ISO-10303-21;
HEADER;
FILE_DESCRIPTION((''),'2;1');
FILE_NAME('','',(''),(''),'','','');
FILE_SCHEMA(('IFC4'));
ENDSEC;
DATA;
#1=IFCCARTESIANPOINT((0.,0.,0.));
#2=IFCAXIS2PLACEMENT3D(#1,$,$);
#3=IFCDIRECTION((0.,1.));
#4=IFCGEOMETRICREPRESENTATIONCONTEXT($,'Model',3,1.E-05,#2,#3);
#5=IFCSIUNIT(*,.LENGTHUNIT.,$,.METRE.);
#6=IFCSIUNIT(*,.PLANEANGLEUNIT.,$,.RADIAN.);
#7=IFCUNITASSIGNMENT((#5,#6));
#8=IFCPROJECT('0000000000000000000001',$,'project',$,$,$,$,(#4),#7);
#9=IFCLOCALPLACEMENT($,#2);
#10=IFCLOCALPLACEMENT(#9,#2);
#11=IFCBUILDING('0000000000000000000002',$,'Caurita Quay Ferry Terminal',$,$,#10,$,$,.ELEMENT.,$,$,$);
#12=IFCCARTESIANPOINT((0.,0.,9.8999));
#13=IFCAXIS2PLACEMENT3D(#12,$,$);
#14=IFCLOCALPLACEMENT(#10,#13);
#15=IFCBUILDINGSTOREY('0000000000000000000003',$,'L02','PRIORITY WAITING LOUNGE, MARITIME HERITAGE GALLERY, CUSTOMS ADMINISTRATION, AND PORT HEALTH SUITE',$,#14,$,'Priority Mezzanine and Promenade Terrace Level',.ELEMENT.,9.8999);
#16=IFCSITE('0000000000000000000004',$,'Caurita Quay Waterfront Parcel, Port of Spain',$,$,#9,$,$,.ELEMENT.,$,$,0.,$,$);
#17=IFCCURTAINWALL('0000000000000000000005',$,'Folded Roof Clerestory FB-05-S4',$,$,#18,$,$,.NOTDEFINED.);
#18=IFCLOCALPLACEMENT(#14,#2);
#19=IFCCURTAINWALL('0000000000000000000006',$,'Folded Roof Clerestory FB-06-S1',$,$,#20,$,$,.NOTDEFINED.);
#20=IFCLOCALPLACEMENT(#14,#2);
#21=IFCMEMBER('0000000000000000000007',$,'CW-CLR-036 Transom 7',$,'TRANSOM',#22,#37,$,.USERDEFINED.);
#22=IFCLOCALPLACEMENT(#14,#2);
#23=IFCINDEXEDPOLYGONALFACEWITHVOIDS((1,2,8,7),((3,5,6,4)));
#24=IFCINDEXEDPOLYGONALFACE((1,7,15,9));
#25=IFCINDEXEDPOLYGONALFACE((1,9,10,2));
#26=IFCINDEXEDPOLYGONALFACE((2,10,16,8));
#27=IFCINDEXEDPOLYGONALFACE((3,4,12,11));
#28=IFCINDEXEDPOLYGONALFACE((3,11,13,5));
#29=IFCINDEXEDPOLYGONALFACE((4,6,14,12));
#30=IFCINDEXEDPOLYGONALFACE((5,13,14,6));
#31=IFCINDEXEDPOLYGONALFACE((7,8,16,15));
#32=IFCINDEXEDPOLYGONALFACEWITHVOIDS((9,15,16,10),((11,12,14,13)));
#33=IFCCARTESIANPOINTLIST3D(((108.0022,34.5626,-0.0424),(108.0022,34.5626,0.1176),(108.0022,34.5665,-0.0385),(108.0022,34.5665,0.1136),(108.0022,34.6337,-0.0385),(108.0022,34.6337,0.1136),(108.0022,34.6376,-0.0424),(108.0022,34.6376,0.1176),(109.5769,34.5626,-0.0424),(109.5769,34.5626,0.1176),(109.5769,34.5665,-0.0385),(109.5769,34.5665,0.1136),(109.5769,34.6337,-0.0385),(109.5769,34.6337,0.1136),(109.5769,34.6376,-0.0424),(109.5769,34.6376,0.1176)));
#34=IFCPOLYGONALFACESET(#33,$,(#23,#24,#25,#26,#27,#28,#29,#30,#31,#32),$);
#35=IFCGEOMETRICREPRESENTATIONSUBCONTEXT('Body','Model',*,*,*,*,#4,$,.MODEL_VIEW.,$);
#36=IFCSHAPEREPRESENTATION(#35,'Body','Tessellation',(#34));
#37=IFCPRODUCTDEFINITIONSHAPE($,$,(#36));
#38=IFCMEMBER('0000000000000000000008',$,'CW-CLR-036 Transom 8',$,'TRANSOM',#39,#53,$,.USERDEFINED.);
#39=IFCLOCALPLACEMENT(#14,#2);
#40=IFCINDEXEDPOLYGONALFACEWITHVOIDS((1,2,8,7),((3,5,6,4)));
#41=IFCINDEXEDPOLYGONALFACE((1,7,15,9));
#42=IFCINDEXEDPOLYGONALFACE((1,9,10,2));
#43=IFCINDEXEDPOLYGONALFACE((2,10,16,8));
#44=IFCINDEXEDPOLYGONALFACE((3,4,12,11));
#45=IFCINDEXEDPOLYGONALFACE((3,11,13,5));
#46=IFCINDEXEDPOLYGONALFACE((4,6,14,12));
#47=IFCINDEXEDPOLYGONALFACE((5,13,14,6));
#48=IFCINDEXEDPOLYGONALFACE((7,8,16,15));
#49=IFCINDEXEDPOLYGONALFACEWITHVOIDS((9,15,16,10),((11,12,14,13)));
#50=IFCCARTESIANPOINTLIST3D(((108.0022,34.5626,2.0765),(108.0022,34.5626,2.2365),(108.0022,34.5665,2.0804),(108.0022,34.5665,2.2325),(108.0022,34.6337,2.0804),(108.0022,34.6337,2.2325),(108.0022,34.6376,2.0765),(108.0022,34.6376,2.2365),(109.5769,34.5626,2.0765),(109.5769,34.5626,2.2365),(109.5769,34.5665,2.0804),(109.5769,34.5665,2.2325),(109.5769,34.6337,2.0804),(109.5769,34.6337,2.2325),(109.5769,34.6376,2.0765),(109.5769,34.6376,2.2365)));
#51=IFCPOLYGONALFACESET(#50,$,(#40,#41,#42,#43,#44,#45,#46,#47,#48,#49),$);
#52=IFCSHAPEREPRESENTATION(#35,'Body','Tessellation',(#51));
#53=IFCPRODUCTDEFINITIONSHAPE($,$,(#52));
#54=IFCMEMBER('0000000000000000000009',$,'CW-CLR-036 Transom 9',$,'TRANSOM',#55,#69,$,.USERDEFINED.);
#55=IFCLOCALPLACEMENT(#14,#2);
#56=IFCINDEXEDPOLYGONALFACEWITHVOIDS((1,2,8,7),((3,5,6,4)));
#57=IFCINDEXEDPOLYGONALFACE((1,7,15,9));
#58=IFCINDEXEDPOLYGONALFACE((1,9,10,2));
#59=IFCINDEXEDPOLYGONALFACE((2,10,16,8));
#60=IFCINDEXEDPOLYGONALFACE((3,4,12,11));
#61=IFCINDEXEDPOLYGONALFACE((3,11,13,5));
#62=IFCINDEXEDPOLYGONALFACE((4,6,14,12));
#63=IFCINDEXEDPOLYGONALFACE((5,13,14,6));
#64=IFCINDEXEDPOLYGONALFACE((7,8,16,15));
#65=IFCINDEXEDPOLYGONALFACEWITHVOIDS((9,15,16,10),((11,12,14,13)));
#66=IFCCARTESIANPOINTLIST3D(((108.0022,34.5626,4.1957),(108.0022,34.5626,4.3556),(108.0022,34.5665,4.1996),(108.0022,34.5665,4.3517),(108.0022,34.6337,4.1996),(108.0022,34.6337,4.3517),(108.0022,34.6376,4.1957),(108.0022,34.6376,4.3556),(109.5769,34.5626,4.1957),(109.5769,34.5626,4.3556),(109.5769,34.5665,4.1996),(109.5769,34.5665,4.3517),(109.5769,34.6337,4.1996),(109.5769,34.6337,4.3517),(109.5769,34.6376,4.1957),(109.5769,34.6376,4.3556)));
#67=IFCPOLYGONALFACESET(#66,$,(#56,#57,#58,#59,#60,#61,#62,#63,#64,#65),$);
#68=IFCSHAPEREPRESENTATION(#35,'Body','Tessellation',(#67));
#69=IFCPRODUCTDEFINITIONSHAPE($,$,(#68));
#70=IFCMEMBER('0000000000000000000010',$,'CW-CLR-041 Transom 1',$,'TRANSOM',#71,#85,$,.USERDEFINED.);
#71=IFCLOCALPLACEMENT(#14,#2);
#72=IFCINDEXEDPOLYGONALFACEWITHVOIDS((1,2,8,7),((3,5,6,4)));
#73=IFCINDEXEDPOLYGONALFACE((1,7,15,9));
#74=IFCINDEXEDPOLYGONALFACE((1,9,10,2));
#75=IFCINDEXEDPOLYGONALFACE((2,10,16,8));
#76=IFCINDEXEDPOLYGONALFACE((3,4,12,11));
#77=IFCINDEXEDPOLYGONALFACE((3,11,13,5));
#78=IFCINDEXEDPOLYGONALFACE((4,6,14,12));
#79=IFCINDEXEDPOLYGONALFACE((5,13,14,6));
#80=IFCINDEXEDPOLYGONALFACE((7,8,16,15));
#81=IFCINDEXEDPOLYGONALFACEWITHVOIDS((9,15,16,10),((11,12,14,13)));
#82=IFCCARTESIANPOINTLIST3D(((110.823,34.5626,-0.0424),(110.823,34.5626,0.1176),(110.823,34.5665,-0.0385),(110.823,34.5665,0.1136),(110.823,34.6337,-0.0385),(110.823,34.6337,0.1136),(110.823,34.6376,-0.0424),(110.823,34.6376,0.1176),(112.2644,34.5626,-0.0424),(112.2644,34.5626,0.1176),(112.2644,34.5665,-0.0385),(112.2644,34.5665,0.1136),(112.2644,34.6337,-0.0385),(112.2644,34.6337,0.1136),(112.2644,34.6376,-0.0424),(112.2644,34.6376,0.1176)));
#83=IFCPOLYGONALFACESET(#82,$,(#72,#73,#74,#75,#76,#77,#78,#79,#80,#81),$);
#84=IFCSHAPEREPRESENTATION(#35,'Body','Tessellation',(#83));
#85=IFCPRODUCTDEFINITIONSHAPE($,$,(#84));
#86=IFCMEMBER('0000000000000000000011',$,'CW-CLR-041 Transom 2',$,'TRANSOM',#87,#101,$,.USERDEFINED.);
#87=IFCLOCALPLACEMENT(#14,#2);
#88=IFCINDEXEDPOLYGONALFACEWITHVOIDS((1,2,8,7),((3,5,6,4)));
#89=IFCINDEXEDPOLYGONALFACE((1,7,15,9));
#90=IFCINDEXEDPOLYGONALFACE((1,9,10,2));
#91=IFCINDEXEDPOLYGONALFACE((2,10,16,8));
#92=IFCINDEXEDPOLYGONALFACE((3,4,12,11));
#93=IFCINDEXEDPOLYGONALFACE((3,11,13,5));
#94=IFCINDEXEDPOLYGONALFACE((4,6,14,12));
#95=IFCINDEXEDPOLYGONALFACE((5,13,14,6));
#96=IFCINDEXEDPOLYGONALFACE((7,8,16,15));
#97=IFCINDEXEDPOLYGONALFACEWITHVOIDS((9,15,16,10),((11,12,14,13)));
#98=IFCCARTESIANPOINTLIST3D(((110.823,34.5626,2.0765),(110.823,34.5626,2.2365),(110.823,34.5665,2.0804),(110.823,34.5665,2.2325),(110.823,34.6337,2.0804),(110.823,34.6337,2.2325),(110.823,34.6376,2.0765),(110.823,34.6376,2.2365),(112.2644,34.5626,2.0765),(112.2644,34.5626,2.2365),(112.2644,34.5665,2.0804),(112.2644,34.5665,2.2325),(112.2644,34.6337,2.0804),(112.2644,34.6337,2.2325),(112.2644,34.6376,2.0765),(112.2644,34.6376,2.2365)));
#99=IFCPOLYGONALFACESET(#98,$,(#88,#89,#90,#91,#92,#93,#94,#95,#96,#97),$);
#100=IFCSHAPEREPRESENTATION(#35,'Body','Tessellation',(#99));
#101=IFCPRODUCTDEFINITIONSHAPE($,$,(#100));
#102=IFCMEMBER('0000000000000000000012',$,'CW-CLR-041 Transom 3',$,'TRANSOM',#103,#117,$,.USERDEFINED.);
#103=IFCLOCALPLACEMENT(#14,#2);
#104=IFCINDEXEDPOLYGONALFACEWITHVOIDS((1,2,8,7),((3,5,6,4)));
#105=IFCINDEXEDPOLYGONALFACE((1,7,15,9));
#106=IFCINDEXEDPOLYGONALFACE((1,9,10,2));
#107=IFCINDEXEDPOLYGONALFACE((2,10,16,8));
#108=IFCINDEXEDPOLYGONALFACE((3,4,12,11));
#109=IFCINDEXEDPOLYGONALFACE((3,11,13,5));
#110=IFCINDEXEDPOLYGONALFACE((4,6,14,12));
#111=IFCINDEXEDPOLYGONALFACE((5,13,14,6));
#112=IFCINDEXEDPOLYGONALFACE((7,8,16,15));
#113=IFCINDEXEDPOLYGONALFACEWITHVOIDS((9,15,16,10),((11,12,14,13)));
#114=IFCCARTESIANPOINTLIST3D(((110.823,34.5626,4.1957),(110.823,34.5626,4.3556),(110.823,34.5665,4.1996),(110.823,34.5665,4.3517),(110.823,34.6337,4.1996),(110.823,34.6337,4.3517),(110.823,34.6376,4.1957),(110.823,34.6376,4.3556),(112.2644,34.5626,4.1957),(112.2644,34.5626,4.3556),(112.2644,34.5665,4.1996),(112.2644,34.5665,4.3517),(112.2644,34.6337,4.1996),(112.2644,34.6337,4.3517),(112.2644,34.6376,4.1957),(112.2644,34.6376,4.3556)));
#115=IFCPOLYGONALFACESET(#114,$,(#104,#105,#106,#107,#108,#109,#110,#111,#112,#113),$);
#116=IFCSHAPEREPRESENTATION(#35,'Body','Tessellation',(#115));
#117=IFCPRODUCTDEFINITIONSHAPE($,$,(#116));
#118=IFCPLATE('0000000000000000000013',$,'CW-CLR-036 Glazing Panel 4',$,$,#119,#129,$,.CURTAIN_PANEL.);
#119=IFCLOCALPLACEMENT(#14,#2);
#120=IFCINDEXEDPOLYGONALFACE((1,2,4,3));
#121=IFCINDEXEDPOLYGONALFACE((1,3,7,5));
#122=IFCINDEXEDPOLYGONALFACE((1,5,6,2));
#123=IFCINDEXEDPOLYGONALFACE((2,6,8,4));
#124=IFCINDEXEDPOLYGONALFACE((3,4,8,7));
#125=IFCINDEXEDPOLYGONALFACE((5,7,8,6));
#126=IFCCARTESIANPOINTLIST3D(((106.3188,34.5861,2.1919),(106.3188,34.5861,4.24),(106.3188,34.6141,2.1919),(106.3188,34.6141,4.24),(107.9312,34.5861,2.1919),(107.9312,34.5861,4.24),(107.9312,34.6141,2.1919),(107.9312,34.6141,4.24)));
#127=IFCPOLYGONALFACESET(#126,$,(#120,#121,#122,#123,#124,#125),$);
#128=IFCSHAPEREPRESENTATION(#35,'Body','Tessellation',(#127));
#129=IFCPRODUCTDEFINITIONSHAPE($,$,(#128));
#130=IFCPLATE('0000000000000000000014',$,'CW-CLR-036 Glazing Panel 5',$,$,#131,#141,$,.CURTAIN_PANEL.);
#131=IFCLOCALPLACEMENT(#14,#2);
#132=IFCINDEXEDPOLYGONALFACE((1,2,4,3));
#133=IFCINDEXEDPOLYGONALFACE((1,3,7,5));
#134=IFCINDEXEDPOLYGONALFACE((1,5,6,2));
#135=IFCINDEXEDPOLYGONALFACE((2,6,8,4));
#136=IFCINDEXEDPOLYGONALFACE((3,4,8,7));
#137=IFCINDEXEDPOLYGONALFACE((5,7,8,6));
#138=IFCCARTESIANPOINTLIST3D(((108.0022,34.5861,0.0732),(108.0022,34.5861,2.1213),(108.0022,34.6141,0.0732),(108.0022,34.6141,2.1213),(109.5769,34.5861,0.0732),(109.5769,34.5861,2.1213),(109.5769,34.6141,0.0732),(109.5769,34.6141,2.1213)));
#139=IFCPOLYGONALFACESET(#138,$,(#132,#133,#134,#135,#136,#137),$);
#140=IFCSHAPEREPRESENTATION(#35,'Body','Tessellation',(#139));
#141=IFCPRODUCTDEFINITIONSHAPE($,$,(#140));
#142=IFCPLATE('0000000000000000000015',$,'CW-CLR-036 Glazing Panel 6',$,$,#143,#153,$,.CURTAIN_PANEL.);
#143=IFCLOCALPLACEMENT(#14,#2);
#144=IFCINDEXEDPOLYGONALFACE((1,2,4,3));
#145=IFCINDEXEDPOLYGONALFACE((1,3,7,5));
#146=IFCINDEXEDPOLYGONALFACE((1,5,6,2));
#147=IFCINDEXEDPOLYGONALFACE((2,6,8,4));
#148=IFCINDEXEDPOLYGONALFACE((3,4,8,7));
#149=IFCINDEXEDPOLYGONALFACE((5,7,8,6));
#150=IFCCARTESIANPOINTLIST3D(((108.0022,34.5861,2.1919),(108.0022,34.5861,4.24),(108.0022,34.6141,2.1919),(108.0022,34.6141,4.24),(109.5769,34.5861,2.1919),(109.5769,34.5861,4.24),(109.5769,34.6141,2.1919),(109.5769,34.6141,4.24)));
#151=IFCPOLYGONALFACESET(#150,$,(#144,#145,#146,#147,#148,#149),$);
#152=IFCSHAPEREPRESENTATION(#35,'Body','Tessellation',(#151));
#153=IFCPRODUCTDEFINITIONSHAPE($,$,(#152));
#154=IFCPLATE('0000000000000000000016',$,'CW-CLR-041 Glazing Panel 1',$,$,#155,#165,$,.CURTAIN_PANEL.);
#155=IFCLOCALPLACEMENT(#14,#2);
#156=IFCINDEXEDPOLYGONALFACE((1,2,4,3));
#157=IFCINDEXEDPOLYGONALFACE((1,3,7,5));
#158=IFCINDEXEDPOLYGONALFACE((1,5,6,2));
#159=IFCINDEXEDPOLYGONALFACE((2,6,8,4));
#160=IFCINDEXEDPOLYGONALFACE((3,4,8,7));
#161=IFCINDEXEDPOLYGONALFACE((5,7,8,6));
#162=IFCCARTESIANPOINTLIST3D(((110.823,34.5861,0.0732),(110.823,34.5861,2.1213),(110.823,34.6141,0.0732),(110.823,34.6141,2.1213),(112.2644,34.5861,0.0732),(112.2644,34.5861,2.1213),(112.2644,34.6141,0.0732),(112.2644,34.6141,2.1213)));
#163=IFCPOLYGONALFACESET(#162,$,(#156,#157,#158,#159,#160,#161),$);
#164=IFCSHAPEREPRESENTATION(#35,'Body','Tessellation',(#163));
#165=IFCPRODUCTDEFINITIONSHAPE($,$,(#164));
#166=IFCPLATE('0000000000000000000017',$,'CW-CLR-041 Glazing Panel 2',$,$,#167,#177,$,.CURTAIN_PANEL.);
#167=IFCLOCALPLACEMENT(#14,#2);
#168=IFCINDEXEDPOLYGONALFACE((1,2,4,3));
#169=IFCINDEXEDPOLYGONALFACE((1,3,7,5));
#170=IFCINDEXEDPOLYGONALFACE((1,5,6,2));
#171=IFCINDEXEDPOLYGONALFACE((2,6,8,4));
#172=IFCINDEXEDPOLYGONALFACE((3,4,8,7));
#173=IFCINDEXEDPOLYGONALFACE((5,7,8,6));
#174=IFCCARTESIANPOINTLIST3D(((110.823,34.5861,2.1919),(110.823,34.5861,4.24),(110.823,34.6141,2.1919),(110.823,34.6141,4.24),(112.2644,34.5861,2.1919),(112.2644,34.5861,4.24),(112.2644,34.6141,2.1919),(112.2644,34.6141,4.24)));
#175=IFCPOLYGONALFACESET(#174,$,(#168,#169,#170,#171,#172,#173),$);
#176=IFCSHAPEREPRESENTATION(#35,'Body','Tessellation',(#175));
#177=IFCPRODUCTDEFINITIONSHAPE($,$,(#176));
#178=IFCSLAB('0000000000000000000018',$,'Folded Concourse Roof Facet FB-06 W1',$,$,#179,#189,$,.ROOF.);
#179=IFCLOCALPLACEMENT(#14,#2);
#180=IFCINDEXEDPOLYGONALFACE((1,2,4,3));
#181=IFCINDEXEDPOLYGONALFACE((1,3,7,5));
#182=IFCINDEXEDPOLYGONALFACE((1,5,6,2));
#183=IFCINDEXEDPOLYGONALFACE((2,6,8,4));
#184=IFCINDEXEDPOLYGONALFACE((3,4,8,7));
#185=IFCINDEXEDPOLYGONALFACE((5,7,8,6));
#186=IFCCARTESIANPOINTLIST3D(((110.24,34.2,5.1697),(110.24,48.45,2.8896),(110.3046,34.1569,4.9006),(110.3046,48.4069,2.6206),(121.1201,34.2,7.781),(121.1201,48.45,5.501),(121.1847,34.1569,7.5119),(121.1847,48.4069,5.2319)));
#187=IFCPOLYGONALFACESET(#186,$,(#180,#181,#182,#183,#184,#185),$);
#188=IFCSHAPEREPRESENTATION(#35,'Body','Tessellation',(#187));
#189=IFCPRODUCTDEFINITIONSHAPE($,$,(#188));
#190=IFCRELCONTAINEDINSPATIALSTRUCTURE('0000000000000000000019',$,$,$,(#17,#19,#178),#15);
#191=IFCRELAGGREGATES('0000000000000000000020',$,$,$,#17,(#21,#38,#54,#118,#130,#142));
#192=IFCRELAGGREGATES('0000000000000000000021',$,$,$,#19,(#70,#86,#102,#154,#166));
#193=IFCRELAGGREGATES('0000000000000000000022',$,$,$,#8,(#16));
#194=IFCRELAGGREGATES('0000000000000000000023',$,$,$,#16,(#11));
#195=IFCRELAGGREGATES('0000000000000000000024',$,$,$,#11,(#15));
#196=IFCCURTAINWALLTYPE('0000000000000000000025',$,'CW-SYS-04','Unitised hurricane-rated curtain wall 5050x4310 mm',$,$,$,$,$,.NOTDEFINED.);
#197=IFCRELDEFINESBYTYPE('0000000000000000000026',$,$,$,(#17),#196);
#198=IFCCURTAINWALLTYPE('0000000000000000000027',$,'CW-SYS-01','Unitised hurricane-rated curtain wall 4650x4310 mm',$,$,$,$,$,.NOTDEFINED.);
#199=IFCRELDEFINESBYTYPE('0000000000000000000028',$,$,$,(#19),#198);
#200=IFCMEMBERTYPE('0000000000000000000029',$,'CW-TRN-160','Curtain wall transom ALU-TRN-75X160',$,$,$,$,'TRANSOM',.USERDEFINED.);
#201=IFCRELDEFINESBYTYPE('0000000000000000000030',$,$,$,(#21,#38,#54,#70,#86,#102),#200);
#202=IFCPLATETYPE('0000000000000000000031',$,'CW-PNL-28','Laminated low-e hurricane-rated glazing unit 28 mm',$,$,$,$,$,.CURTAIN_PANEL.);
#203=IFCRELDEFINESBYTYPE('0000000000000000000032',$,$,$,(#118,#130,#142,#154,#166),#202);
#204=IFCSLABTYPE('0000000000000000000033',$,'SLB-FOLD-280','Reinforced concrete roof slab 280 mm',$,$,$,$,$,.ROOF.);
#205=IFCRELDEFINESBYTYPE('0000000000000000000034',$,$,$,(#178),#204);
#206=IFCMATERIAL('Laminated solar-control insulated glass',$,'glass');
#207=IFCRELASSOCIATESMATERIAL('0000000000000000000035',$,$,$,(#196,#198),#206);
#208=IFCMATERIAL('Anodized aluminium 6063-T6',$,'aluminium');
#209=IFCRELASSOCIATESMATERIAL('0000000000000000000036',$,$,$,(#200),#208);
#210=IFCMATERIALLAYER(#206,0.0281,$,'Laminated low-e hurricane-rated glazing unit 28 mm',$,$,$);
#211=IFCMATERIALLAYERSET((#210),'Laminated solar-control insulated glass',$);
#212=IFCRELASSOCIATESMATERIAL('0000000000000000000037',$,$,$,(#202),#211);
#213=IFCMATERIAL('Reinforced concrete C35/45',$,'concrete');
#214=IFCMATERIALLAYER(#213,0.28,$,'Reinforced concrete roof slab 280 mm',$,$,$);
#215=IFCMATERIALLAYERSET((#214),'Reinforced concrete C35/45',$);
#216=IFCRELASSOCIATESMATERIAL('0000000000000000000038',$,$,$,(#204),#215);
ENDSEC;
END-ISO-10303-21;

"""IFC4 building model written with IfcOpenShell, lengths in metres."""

from ifc_helpers import new_model, si_unit, direction, frame, origin, origin_2d, place, context, subcontext, project, spatial, polyline, rectangle, hollow_rectangle, outline, extrude, material, layer, layer_set, material_profile, profile_set, type_object, element, aggregate, save


model = new_model("IFC4")

# Units and contexts
model_context = context("Model", 3, precision=1e-05, world=origin(), true_north=direction((0.0, 1.0)))
body_context = subcontext(model_context, "Body", "Model", "MODEL_VIEW")
ifc_project = project(units=[si_unit("LENGTHUNIT", "METRE"), si_unit("PLANEANGLEUNIT", "RADIAN")], contexts=[model_context])

# Site, building, storey
site_placement = place(None, origin())
site = spatial("IfcSite", under=ifc_project, at=site_placement, Name="Caurita Quay Waterfront Parcel, Port of Spain", CompositionType="ELEMENT", RefElevation=0.0)
building_placement = place(site_placement, origin())
building = spatial("IfcBuilding", under=site, at=building_placement, Name="Caurita Quay Ferry Terminal", CompositionType="ELEMENT")
storey_placement = place(building_placement, frame((0.0, 0.0, 9.8999)))
storey = spatial("IfcBuildingStorey", under=building, at=storey_placement, Name="L02", Description="PRIORITY WAITING LOUNGE, MARITIME HERITAGE GALLERY, CUSTOMS ADMINISTRATION, AND PORT HEALTH SUITE", LongName="Priority Mezzanine and Promenade Terrace Level", CompositionType="ELEMENT", Elevation=9.8999)

# Curtain walls
ifc_material_1 = material(Name="Laminated solar-control insulated glass", Category="glass")
curtain_wall_type_1 = type_object("IfcCurtainWallType", Name="CW-SYS-04", Description="Unitised hurricane-rated curtain wall 5050x4310 mm", PredefinedType="NOTDEFINED", material=ifc_material_1)
curtain_wall_1_placement = place(storey_placement, origin())
curtain_wall_1 = element("IfcCurtainWall", 1, at=curtain_wall_1_placement, inside=storey, type_object=curtain_wall_type_1, Name="Folded Roof Clerestory FB-05-S4", PredefinedType="NOTDEFINED")
ifc_material_2 = material(Name="Anodized aluminium 6063-T6", Category="aluminium")
curtain_wall_type_2 = type_object("IfcCurtainWallType", Name="CW-SYS-01", Description="Unitised hurricane-rated curtain wall 4650x4310 mm", PredefinedType="NOTDEFINED", material=ifc_material_1)
curtain_wall_2_placement = place(storey_placement, origin())
curtain_wall_2 = element("IfcCurtainWall", 2, at=curtain_wall_2_placement, inside=storey, type_object=curtain_wall_type_2, Name="Folded Roof Clerestory FB-06-S1", PredefinedType="NOTDEFINED")

# Members
ifc_material_profile_1 = material_profile(ifc_material_2, hollow_rectangle(XDim=0.075, YDim=0.1599, WallThickness=0.0039, at=origin_2d()), Name="ALU-TRN-75X160")
ifc_profile_set_1 = profile_set([ifc_material_profile_1], Name="Anodized aluminium 6063-T6")
member_type_1 = type_object("IfcMemberType", Name="CW-TRN-160", Description="Curtain wall transom ALU-TRN-75X160", ElementType="TRANSOM", PredefinedType="USERDEFINED", material=ifc_profile_set_1)
member_1_placement = place(storey_placement, frame((108.0022, 34.6001, 0.0376), z_axis=(1.0, 0.0, 0.0), x_axis=(0.0, 1.0, 0.0)))
member_1 = element("IfcMember", 3, at=member_1_placement, type_object=member_type_1, Name="CW-CLR-036 Transom 7", ObjectType="TRANSOM", PredefinedType="USERDEFINED", context=body_context, shape_type="SweptSolid", body=[
    extrude(hollow_rectangle(XDim=0.075, YDim=0.1599, WallThickness=0.0039, at=origin_2d()), origin(), (0.0, 0.0, 1.0), 1.5747),
])
member_2_placement = place(storey_placement, frame((108.0022, 34.6001, 2.1565), z_axis=(1.0, 0.0, 0.0), x_axis=(0.0, 1.0, 0.0)))
member_2 = element("IfcMember", 4, at=member_2_placement, type_object=member_type_1, Name="CW-CLR-036 Transom 8", ObjectType="TRANSOM", PredefinedType="USERDEFINED", context=body_context, shape_type="SweptSolid", body=[
    extrude(hollow_rectangle(XDim=0.075, YDim=0.1599, WallThickness=0.0039, at=origin_2d()), origin(), (0.0, 0.0, 1.0), 1.5747),
])
member_3_placement = place(storey_placement, frame((108.0022, 34.6001, 4.2756), z_axis=(1.0, 0.0, 0.0), x_axis=(0.0, 1.0, 0.0)))
member_3 = element("IfcMember", 5, at=member_3_placement, type_object=member_type_1, Name="CW-CLR-036 Transom 9", ObjectType="TRANSOM", PredefinedType="USERDEFINED", context=body_context, shape_type="SweptSolid", body=[
    extrude(hollow_rectangle(XDim=0.075, YDim=0.1599, WallThickness=0.0039, at=origin_2d()), origin(), (0.0, 0.0, 1.0), 1.5747),
])
member_4_placement = place(storey_placement, frame((110.823, 34.6001, 0.0376), z_axis=(1.0, 0.0, 0.0), x_axis=(0.0, 1.0, 0.0)))
member_4 = element("IfcMember", 6, at=member_4_placement, type_object=member_type_1, Name="CW-CLR-041 Transom 1", ObjectType="TRANSOM", PredefinedType="USERDEFINED", context=body_context, shape_type="SweptSolid", body=[
    extrude(hollow_rectangle(XDim=0.075, YDim=0.1599, WallThickness=0.0039, at=origin_2d()), origin(), (0.0, 0.0, 1.0), 1.4414),
])
member_5_placement = place(storey_placement, frame((110.823, 34.6001, 2.1565), z_axis=(1.0, 0.0, 0.0), x_axis=(0.0, 1.0, 0.0)))
member_5 = element("IfcMember", 7, at=member_5_placement, type_object=member_type_1, Name="CW-CLR-041 Transom 2", ObjectType="TRANSOM", PredefinedType="USERDEFINED", context=body_context, shape_type="SweptSolid", body=[
    extrude(hollow_rectangle(XDim=0.075, YDim=0.1599, WallThickness=0.0039, at=origin_2d()), origin(), (0.0, 0.0, 1.0), 1.4414),
])
member_6_placement = place(storey_placement, frame((110.823, 34.6001, 4.2756), z_axis=(1.0, 0.0, 0.0), x_axis=(0.0, 1.0, 0.0)))
member_6 = element("IfcMember", 8, at=member_6_placement, type_object=member_type_1, Name="CW-CLR-041 Transom 3", ObjectType="TRANSOM", PredefinedType="USERDEFINED", context=body_context, shape_type="SweptSolid", body=[
    extrude(hollow_rectangle(XDim=0.075, YDim=0.1599, WallThickness=0.0039, at=origin_2d()), origin(), (0.0, 0.0, 1.0), 1.4414),
])

# Plates
ifc_layer_1 = layer(ifc_material_1, 0.0281, Name="Laminated low-e hurricane-rated glazing unit 28 mm")
ifc_layer_set_1 = layer_set([ifc_layer_1], Name="Laminated solar-control insulated glass")
plate_type = type_object("IfcPlateType", Name="CW-PNL-28", Description="Laminated low-e hurricane-rated glazing unit 28 mm", PredefinedType="CURTAIN_PANEL", material=ifc_layer_set_1)
plate_1_placement = place(storey_placement, frame((107.125, 34.6001, 2.1919), z_axis=(0.0, 0.0, 1.0), x_axis=(1.0, 0.0, 0.0)))
plate_1 = element("IfcPlate", 9, at=plate_1_placement, type_object=plate_type, Name="CW-CLR-036 Glazing Panel 4", PredefinedType="CURTAIN_PANEL", context=body_context, shape_type="SweptSolid", body=[
    extrude(rectangle(XDim=1.6123, YDim=0.0281, at=origin_2d()), origin(), (0.0, 0.0, 1.0), 2.0481),
])
plate_2_placement = place(storey_placement, frame((108.7896, 34.6001, 0.0732), z_axis=(0.0, 0.0, 1.0), x_axis=(1.0, 0.0, 0.0)))
plate_2 = element("IfcPlate", 10, at=plate_2_placement, type_object=plate_type, Name="CW-CLR-036 Glazing Panel 5", PredefinedType="CURTAIN_PANEL", context=body_context, shape_type="SweptSolid", body=[
    extrude(rectangle(XDim=1.5747, YDim=0.0281, at=origin_2d()), origin(), (0.0, 0.0, 1.0), 2.0481),
])
plate_3_placement = place(storey_placement, frame((108.7896, 34.6001, 2.1919), z_axis=(0.0, 0.0, 1.0), x_axis=(1.0, 0.0, 0.0)))
plate_3 = element("IfcPlate", 11, at=plate_3_placement, type_object=plate_type, Name="CW-CLR-036 Glazing Panel 6", PredefinedType="CURTAIN_PANEL", context=body_context, shape_type="SweptSolid", body=[
    extrude(rectangle(XDim=1.5747, YDim=0.0281, at=origin_2d()), origin(), (0.0, 0.0, 1.0), 2.0481),
])
aggregate(curtain_wall_1, [member_1, member_2, member_3, plate_1, plate_2, plate_3])
plate_4_placement = place(storey_placement, frame((111.5437, 34.6001, 0.0732), z_axis=(0.0, 0.0, 1.0), x_axis=(1.0, 0.0, 0.0)))
plate_4 = element("IfcPlate", 12, at=plate_4_placement, type_object=plate_type, Name="CW-CLR-041 Glazing Panel 1", PredefinedType="CURTAIN_PANEL", context=body_context, shape_type="SweptSolid", body=[
    extrude(rectangle(XDim=1.4414, YDim=0.0281, at=origin_2d()), origin(), (0.0, 0.0, 1.0), 2.0481),
])
plate_5_placement = place(storey_placement, frame((111.5437, 34.6001, 2.1919), z_axis=(0.0, 0.0, 1.0), x_axis=(1.0, 0.0, 0.0)))
plate_5 = element("IfcPlate", 13, at=plate_5_placement, type_object=plate_type, Name="CW-CLR-041 Glazing Panel 2", PredefinedType="CURTAIN_PANEL", context=body_context, shape_type="SweptSolid", body=[
    extrude(rectangle(XDim=1.4414, YDim=0.0281, at=origin_2d()), origin(), (0.0, 0.0, 1.0), 2.0481),
])
aggregate(curtain_wall_2, [member_4, member_5, member_6, plate_4, plate_5])

# Slab
ifc_material_3 = material(Name="Reinforced concrete C35/45", Category="concrete")
ifc_layer_2 = layer(ifc_material_3, 0.28, Name="Reinforced concrete roof slab 280 mm")
ifc_layer_set_2 = layer_set([ifc_layer_2], Name="Reinforced concrete C35/45")
slab_type = type_object("IfcSlabType", Name="SLB-FOLD-280", Description="Reinforced concrete roof slab 280 mm", PredefinedType="ROOF", material=ifc_layer_set_2)
slab_placement = place(storey_placement, frame((110.24, 34.2, 5.1697), z_axis=(-0.230607, 0.153734, 0.960826), x_axis=(0.972385, 0.0, 0.233381)))
element("IfcSlab", 14, at=slab_placement, inside=storey, type_object=slab_type, Name="Folded Concourse Roof Facet FB-06 W1", PredefinedType="ROOF", context=body_context, shape_type="SweptSolid", body=[
    extrude(outline(polyline([(0.0, 0.0), (11.1891, 0.0), (10.657, 14.4214), (-0.5321, 14.4214), (0.0, 0.0)])), origin(), (0.0, 0.0, -1.0), 0.28),
])

save(model, "model.ifc")
